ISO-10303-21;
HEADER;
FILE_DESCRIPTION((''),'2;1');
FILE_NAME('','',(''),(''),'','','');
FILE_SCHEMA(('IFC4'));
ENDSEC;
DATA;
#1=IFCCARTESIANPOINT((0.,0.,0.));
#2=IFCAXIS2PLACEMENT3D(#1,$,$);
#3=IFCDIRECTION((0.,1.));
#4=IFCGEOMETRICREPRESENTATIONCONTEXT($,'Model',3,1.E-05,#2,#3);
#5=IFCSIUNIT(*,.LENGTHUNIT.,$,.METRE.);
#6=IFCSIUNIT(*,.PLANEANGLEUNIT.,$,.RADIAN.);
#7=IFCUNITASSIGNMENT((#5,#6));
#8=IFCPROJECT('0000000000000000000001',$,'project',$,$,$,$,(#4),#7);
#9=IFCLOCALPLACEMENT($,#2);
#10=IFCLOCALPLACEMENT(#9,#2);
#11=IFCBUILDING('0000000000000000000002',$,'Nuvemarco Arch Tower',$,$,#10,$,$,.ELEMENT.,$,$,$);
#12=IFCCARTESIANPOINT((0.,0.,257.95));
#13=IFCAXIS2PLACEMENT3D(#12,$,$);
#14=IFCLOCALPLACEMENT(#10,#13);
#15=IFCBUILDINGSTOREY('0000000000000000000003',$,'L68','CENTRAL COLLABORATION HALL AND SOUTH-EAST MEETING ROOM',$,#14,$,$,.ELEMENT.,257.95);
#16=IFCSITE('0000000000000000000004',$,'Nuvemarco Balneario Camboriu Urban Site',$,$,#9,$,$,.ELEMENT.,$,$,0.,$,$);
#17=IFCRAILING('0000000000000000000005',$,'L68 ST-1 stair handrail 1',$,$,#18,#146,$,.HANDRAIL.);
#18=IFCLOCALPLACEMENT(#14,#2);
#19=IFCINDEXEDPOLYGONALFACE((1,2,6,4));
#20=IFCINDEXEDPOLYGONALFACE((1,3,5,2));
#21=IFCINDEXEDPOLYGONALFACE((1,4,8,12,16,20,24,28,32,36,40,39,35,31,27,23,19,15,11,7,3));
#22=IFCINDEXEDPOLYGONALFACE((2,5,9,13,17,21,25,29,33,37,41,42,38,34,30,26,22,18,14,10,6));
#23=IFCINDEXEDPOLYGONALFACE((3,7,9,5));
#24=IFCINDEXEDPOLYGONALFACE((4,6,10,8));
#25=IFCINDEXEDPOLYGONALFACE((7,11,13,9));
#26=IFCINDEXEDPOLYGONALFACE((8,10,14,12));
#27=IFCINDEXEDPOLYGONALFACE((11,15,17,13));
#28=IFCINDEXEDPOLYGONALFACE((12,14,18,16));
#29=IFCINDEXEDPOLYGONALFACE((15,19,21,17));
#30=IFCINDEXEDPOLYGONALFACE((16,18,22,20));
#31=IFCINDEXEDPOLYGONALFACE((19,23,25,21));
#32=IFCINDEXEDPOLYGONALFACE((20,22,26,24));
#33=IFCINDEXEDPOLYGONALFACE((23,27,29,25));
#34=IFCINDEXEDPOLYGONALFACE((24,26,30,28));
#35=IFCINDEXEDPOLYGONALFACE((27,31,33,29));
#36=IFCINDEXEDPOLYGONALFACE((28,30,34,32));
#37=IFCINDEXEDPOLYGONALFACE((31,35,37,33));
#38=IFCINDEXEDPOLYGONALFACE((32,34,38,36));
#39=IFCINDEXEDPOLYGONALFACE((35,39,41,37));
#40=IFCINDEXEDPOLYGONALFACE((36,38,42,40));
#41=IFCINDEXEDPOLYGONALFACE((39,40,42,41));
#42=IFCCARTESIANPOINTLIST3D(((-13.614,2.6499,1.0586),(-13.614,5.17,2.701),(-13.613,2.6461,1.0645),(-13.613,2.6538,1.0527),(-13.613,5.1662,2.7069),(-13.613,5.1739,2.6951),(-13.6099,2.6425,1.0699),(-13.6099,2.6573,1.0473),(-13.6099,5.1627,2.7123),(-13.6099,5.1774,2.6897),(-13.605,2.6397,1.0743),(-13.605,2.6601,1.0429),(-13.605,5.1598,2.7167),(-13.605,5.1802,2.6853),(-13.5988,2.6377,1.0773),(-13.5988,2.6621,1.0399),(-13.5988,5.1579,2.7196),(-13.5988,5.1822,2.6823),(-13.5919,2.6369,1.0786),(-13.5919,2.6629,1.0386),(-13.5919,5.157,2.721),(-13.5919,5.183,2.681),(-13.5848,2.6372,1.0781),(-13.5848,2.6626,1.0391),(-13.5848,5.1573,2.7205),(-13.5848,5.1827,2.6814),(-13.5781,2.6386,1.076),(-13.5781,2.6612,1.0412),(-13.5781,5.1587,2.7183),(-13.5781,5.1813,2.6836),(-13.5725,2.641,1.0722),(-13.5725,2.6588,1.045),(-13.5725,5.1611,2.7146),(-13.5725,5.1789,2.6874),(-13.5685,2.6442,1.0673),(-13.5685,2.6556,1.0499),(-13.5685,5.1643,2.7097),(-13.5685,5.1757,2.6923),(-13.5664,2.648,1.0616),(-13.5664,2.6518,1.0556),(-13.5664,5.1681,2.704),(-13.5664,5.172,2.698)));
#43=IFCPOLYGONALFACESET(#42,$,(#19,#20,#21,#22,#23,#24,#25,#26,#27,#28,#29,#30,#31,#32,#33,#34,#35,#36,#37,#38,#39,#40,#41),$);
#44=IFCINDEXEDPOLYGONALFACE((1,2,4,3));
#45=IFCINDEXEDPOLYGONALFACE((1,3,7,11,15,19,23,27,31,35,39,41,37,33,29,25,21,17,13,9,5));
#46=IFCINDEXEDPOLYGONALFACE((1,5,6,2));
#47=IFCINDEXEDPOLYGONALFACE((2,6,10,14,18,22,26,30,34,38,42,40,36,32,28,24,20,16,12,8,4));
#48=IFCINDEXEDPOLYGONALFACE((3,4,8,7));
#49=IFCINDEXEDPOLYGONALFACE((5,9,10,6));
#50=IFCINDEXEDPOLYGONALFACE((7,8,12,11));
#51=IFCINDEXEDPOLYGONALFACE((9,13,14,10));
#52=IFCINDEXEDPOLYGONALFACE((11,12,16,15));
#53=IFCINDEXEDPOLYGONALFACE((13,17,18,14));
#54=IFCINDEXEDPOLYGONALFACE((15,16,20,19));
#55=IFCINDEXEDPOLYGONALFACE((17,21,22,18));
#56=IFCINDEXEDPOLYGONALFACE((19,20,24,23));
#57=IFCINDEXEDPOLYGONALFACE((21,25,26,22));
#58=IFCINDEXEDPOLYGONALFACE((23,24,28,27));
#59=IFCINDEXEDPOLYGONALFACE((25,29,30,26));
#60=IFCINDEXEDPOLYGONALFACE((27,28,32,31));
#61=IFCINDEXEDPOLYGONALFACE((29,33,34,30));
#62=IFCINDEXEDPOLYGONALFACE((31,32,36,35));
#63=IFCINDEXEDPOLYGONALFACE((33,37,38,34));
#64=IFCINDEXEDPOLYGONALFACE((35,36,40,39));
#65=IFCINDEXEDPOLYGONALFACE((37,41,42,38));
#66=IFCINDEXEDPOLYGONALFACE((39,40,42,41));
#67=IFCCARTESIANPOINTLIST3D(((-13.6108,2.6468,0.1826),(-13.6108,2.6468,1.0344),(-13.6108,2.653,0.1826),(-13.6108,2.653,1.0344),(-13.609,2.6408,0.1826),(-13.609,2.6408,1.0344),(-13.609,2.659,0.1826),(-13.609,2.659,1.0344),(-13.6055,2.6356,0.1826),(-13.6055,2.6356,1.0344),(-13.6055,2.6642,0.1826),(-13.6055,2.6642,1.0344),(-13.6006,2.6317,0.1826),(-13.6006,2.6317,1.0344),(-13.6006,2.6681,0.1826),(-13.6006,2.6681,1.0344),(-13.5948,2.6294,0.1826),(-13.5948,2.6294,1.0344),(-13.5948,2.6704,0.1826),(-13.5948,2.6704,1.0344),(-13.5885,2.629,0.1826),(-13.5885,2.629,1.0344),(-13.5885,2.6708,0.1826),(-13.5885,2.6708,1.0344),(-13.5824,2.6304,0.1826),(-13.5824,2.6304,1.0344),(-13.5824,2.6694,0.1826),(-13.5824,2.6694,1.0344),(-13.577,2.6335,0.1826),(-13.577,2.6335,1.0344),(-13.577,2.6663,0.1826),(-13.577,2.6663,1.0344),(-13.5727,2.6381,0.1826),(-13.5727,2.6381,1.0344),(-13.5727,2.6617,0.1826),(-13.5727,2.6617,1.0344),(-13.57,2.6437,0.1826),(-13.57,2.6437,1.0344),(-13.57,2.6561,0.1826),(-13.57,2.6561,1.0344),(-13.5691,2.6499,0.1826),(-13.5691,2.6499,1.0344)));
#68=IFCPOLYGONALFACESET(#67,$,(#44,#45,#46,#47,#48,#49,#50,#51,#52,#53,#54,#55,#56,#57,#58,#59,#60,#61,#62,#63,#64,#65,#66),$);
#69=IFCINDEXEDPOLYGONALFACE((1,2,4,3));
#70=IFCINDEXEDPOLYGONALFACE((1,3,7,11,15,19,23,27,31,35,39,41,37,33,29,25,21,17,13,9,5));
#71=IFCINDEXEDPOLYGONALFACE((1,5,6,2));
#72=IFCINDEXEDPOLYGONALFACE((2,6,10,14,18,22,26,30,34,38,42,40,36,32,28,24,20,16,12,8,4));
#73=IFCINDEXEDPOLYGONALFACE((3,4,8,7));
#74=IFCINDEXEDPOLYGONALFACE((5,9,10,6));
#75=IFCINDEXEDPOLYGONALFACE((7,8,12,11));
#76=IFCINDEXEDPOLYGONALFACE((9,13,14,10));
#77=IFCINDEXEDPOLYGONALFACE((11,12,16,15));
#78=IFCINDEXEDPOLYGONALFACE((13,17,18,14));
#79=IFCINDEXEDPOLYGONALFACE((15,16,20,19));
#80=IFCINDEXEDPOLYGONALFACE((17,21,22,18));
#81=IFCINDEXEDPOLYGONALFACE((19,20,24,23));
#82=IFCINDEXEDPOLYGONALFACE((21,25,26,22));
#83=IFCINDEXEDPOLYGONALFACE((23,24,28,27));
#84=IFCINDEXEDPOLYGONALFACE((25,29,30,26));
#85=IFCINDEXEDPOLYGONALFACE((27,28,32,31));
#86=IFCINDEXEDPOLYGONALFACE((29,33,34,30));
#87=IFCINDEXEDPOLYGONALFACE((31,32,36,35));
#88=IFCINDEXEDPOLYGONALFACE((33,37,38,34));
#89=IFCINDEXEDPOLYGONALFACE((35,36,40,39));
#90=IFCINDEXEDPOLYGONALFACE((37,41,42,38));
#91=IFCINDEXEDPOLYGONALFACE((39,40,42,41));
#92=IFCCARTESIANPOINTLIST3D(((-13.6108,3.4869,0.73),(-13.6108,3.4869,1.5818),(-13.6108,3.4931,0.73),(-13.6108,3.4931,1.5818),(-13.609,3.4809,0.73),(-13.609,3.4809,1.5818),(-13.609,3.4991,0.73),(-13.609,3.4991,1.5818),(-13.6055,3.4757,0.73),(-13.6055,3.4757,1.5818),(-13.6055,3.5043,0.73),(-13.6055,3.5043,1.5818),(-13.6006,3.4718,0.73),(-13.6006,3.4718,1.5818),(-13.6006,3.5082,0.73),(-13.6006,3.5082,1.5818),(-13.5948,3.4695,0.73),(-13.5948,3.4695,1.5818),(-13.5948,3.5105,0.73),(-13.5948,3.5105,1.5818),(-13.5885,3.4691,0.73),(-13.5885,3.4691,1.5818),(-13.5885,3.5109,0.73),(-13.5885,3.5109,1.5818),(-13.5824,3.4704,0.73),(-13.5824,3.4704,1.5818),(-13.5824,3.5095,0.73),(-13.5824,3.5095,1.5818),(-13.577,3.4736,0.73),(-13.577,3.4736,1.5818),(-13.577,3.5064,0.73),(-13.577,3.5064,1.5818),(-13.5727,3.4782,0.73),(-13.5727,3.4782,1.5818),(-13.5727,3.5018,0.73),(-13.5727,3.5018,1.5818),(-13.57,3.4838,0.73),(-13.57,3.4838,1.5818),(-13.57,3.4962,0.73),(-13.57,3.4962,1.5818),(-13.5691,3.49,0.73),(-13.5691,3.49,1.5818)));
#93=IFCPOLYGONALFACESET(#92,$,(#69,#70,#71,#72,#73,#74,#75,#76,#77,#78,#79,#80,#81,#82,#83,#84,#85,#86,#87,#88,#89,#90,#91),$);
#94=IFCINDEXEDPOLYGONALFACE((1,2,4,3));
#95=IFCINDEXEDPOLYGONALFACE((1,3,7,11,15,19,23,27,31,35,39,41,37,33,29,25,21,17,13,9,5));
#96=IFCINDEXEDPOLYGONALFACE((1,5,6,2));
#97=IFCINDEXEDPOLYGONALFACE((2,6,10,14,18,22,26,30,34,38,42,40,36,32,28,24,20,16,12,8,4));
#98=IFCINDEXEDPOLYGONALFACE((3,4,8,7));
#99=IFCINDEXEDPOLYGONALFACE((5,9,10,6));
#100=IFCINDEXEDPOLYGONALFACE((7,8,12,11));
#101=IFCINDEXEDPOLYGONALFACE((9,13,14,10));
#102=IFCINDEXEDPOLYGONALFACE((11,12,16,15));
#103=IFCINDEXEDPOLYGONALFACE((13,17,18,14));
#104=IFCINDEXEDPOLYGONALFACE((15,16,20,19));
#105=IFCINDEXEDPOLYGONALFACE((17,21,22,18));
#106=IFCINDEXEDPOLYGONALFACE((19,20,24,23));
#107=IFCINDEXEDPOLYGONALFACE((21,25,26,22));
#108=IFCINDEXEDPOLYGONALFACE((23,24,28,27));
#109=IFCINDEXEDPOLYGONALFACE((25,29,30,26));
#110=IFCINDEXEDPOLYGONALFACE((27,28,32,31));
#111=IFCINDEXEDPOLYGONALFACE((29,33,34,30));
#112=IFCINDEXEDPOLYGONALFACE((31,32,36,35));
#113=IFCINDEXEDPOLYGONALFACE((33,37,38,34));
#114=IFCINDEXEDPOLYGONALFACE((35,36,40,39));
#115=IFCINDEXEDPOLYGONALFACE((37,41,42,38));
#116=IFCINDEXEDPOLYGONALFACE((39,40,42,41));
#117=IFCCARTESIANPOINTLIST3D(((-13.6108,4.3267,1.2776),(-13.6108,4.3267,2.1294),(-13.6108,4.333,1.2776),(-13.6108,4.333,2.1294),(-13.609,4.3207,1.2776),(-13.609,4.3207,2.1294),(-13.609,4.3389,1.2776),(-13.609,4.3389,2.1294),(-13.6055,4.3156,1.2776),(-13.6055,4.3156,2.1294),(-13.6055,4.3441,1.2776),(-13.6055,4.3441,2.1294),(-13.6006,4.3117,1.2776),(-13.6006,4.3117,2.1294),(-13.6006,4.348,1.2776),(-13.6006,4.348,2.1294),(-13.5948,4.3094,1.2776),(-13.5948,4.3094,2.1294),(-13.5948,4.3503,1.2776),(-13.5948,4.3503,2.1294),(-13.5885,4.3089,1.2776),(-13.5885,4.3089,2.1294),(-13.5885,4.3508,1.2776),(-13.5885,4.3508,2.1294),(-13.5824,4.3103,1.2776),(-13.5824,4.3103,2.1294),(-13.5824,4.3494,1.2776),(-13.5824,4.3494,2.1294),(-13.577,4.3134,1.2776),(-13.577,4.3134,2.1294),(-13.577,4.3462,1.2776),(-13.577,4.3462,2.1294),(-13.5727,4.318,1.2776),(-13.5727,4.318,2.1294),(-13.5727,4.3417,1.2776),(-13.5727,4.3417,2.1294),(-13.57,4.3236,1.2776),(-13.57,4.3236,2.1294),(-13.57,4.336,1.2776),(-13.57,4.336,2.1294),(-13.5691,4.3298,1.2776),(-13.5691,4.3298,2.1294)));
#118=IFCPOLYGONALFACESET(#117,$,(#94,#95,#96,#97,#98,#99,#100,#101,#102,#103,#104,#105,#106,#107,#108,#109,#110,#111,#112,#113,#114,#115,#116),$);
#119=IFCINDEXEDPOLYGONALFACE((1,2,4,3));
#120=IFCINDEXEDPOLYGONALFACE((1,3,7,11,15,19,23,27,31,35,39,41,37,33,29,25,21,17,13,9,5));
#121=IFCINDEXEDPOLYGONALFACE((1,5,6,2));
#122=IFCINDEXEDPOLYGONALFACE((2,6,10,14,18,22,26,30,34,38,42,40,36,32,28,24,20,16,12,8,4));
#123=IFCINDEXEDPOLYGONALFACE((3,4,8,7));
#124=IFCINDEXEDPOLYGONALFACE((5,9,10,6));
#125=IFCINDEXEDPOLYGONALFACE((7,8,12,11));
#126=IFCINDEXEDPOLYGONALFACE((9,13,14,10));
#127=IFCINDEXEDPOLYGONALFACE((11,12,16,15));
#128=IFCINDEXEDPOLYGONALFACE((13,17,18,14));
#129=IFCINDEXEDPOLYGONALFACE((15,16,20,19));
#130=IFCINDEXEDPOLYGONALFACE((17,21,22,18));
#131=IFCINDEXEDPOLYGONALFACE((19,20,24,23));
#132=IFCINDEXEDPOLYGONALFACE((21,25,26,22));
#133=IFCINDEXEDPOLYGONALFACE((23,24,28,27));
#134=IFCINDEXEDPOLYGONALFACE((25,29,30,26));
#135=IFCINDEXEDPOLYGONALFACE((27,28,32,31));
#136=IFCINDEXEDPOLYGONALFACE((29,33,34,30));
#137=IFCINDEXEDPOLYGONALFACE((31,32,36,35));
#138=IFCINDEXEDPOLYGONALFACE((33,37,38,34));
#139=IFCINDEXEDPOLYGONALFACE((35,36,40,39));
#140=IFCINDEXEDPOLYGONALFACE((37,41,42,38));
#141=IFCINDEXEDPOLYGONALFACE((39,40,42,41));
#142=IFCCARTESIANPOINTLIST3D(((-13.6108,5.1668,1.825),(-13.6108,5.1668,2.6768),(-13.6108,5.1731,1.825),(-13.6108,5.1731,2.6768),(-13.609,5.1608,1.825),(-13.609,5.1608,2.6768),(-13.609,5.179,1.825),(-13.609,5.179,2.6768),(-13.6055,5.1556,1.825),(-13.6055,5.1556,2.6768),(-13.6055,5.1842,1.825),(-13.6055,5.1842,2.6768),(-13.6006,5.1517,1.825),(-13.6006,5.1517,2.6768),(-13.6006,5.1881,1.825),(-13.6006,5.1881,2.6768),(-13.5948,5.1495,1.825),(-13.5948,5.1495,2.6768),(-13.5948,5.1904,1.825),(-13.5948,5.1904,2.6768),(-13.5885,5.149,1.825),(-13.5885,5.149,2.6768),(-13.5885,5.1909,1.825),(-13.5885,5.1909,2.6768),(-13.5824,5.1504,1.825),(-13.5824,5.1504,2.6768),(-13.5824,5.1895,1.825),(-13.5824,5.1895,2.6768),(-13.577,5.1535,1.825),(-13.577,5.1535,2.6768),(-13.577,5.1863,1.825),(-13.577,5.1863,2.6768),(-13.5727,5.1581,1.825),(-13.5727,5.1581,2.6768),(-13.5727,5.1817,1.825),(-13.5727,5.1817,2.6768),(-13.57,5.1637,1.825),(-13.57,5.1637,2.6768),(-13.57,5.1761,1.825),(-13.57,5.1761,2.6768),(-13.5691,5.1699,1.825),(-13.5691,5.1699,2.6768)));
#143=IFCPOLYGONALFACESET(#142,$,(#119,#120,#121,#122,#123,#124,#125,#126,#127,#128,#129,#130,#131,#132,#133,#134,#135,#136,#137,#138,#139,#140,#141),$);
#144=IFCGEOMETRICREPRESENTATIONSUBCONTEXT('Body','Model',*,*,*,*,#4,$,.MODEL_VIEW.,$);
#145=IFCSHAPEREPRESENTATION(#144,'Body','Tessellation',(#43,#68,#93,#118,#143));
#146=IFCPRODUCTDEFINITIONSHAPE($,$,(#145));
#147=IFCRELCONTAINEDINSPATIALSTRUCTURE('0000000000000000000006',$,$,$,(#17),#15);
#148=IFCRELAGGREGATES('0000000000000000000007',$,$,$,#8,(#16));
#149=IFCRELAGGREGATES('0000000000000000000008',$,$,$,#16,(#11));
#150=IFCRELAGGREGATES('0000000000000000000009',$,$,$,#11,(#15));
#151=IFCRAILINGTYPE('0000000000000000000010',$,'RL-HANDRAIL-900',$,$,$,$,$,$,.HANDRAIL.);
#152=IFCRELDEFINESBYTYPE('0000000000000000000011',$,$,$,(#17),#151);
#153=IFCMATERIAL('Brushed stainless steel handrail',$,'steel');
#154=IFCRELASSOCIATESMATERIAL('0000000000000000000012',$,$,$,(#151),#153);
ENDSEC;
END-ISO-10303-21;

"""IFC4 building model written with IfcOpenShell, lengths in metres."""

from ifc_helpers import new_model, si_unit, direction, frame, origin, origin_2d, place, context, subcontext, project, spatial, circle, extrude, material, type_object, element, save


model = new_model("IFC4")

# Units and contexts
model_context = context("Model", 3, precision=1e-05, world=origin(), true_north=direction((0.0, 1.0)))
body_context = subcontext(model_context, "Body", "Model", "MODEL_VIEW")
ifc_project = project(units=[si_unit("LENGTHUNIT", "METRE"), si_unit("PLANEANGLEUNIT", "RADIAN")], contexts=[model_context])

# Site, building, storey
site_placement = place(None, origin())
site = spatial("IfcSite", under=ifc_project, at=site_placement, Name="Nuvemarco Balneario Camboriu Urban Site", CompositionType="ELEMENT", RefElevation=0.0)
building_placement = place(site_placement, origin())
building = spatial("IfcBuilding", under=site, at=building_placement, Name="Nuvemarco Arch Tower", CompositionType="ELEMENT")
storey_placement = place(building_placement, frame((0.0, 0.0, 257.95)))
storey = spatial("IfcBuildingStorey", under=building, at=storey_placement, Name="L68", Description="CENTRAL COLLABORATION HALL AND SOUTH-EAST MEETING ROOM", CompositionType="ELEMENT", Elevation=257.95)

# Railing
ifc_material_1 = material(Name="Brushed stainless steel handrail", Category="steel")
railing_type_1 = type_object("IfcRailingType", Name="RL-HANDRAIL-900", PredefinedType="HANDRAIL", material=ifc_material_1)
railing_1_placement = place(storey_placement, frame((-13.5901, 2.6499, 0.1826)))
element("IfcRailing", 1, at=railing_1_placement, inside=storey, type_object=railing_type_1, Name="L68 ST-1 stair handrail 1", PredefinedType="HANDRAIL", context=body_context, shape_type="SweptSolid", body=[
    extrude(circle(Radius=0.0239, at=origin_2d()), frame((0.0, 0.0, 0.876), z_axis=(0.0, 0.837787, 0.545998), x_axis=(-1.0, 0.0, 0.0)), (0.0, 0.0, 1.0), 3.0081),
    extrude(circle(Radius=0.021, at=origin_2d()), origin(), (0.0, 0.0, 1.0), 0.8518),
    extrude(circle(Radius=0.021, at=origin_2d()), frame((0.0, 0.8401, 0.5474)), (0.0, 0.0, 1.0), 0.8518),
    extrude(circle(Radius=0.021, at=origin_2d()), frame((0.0, 1.6799, 1.095)), (0.0, 0.0, 1.0), 0.8518),
    extrude(circle(Radius=0.021, at=origin_2d()), frame((0.0, 2.52, 1.6423)), (0.0, 0.0, 1.0), 0.8518),
])

save(model, "model.ifc")
